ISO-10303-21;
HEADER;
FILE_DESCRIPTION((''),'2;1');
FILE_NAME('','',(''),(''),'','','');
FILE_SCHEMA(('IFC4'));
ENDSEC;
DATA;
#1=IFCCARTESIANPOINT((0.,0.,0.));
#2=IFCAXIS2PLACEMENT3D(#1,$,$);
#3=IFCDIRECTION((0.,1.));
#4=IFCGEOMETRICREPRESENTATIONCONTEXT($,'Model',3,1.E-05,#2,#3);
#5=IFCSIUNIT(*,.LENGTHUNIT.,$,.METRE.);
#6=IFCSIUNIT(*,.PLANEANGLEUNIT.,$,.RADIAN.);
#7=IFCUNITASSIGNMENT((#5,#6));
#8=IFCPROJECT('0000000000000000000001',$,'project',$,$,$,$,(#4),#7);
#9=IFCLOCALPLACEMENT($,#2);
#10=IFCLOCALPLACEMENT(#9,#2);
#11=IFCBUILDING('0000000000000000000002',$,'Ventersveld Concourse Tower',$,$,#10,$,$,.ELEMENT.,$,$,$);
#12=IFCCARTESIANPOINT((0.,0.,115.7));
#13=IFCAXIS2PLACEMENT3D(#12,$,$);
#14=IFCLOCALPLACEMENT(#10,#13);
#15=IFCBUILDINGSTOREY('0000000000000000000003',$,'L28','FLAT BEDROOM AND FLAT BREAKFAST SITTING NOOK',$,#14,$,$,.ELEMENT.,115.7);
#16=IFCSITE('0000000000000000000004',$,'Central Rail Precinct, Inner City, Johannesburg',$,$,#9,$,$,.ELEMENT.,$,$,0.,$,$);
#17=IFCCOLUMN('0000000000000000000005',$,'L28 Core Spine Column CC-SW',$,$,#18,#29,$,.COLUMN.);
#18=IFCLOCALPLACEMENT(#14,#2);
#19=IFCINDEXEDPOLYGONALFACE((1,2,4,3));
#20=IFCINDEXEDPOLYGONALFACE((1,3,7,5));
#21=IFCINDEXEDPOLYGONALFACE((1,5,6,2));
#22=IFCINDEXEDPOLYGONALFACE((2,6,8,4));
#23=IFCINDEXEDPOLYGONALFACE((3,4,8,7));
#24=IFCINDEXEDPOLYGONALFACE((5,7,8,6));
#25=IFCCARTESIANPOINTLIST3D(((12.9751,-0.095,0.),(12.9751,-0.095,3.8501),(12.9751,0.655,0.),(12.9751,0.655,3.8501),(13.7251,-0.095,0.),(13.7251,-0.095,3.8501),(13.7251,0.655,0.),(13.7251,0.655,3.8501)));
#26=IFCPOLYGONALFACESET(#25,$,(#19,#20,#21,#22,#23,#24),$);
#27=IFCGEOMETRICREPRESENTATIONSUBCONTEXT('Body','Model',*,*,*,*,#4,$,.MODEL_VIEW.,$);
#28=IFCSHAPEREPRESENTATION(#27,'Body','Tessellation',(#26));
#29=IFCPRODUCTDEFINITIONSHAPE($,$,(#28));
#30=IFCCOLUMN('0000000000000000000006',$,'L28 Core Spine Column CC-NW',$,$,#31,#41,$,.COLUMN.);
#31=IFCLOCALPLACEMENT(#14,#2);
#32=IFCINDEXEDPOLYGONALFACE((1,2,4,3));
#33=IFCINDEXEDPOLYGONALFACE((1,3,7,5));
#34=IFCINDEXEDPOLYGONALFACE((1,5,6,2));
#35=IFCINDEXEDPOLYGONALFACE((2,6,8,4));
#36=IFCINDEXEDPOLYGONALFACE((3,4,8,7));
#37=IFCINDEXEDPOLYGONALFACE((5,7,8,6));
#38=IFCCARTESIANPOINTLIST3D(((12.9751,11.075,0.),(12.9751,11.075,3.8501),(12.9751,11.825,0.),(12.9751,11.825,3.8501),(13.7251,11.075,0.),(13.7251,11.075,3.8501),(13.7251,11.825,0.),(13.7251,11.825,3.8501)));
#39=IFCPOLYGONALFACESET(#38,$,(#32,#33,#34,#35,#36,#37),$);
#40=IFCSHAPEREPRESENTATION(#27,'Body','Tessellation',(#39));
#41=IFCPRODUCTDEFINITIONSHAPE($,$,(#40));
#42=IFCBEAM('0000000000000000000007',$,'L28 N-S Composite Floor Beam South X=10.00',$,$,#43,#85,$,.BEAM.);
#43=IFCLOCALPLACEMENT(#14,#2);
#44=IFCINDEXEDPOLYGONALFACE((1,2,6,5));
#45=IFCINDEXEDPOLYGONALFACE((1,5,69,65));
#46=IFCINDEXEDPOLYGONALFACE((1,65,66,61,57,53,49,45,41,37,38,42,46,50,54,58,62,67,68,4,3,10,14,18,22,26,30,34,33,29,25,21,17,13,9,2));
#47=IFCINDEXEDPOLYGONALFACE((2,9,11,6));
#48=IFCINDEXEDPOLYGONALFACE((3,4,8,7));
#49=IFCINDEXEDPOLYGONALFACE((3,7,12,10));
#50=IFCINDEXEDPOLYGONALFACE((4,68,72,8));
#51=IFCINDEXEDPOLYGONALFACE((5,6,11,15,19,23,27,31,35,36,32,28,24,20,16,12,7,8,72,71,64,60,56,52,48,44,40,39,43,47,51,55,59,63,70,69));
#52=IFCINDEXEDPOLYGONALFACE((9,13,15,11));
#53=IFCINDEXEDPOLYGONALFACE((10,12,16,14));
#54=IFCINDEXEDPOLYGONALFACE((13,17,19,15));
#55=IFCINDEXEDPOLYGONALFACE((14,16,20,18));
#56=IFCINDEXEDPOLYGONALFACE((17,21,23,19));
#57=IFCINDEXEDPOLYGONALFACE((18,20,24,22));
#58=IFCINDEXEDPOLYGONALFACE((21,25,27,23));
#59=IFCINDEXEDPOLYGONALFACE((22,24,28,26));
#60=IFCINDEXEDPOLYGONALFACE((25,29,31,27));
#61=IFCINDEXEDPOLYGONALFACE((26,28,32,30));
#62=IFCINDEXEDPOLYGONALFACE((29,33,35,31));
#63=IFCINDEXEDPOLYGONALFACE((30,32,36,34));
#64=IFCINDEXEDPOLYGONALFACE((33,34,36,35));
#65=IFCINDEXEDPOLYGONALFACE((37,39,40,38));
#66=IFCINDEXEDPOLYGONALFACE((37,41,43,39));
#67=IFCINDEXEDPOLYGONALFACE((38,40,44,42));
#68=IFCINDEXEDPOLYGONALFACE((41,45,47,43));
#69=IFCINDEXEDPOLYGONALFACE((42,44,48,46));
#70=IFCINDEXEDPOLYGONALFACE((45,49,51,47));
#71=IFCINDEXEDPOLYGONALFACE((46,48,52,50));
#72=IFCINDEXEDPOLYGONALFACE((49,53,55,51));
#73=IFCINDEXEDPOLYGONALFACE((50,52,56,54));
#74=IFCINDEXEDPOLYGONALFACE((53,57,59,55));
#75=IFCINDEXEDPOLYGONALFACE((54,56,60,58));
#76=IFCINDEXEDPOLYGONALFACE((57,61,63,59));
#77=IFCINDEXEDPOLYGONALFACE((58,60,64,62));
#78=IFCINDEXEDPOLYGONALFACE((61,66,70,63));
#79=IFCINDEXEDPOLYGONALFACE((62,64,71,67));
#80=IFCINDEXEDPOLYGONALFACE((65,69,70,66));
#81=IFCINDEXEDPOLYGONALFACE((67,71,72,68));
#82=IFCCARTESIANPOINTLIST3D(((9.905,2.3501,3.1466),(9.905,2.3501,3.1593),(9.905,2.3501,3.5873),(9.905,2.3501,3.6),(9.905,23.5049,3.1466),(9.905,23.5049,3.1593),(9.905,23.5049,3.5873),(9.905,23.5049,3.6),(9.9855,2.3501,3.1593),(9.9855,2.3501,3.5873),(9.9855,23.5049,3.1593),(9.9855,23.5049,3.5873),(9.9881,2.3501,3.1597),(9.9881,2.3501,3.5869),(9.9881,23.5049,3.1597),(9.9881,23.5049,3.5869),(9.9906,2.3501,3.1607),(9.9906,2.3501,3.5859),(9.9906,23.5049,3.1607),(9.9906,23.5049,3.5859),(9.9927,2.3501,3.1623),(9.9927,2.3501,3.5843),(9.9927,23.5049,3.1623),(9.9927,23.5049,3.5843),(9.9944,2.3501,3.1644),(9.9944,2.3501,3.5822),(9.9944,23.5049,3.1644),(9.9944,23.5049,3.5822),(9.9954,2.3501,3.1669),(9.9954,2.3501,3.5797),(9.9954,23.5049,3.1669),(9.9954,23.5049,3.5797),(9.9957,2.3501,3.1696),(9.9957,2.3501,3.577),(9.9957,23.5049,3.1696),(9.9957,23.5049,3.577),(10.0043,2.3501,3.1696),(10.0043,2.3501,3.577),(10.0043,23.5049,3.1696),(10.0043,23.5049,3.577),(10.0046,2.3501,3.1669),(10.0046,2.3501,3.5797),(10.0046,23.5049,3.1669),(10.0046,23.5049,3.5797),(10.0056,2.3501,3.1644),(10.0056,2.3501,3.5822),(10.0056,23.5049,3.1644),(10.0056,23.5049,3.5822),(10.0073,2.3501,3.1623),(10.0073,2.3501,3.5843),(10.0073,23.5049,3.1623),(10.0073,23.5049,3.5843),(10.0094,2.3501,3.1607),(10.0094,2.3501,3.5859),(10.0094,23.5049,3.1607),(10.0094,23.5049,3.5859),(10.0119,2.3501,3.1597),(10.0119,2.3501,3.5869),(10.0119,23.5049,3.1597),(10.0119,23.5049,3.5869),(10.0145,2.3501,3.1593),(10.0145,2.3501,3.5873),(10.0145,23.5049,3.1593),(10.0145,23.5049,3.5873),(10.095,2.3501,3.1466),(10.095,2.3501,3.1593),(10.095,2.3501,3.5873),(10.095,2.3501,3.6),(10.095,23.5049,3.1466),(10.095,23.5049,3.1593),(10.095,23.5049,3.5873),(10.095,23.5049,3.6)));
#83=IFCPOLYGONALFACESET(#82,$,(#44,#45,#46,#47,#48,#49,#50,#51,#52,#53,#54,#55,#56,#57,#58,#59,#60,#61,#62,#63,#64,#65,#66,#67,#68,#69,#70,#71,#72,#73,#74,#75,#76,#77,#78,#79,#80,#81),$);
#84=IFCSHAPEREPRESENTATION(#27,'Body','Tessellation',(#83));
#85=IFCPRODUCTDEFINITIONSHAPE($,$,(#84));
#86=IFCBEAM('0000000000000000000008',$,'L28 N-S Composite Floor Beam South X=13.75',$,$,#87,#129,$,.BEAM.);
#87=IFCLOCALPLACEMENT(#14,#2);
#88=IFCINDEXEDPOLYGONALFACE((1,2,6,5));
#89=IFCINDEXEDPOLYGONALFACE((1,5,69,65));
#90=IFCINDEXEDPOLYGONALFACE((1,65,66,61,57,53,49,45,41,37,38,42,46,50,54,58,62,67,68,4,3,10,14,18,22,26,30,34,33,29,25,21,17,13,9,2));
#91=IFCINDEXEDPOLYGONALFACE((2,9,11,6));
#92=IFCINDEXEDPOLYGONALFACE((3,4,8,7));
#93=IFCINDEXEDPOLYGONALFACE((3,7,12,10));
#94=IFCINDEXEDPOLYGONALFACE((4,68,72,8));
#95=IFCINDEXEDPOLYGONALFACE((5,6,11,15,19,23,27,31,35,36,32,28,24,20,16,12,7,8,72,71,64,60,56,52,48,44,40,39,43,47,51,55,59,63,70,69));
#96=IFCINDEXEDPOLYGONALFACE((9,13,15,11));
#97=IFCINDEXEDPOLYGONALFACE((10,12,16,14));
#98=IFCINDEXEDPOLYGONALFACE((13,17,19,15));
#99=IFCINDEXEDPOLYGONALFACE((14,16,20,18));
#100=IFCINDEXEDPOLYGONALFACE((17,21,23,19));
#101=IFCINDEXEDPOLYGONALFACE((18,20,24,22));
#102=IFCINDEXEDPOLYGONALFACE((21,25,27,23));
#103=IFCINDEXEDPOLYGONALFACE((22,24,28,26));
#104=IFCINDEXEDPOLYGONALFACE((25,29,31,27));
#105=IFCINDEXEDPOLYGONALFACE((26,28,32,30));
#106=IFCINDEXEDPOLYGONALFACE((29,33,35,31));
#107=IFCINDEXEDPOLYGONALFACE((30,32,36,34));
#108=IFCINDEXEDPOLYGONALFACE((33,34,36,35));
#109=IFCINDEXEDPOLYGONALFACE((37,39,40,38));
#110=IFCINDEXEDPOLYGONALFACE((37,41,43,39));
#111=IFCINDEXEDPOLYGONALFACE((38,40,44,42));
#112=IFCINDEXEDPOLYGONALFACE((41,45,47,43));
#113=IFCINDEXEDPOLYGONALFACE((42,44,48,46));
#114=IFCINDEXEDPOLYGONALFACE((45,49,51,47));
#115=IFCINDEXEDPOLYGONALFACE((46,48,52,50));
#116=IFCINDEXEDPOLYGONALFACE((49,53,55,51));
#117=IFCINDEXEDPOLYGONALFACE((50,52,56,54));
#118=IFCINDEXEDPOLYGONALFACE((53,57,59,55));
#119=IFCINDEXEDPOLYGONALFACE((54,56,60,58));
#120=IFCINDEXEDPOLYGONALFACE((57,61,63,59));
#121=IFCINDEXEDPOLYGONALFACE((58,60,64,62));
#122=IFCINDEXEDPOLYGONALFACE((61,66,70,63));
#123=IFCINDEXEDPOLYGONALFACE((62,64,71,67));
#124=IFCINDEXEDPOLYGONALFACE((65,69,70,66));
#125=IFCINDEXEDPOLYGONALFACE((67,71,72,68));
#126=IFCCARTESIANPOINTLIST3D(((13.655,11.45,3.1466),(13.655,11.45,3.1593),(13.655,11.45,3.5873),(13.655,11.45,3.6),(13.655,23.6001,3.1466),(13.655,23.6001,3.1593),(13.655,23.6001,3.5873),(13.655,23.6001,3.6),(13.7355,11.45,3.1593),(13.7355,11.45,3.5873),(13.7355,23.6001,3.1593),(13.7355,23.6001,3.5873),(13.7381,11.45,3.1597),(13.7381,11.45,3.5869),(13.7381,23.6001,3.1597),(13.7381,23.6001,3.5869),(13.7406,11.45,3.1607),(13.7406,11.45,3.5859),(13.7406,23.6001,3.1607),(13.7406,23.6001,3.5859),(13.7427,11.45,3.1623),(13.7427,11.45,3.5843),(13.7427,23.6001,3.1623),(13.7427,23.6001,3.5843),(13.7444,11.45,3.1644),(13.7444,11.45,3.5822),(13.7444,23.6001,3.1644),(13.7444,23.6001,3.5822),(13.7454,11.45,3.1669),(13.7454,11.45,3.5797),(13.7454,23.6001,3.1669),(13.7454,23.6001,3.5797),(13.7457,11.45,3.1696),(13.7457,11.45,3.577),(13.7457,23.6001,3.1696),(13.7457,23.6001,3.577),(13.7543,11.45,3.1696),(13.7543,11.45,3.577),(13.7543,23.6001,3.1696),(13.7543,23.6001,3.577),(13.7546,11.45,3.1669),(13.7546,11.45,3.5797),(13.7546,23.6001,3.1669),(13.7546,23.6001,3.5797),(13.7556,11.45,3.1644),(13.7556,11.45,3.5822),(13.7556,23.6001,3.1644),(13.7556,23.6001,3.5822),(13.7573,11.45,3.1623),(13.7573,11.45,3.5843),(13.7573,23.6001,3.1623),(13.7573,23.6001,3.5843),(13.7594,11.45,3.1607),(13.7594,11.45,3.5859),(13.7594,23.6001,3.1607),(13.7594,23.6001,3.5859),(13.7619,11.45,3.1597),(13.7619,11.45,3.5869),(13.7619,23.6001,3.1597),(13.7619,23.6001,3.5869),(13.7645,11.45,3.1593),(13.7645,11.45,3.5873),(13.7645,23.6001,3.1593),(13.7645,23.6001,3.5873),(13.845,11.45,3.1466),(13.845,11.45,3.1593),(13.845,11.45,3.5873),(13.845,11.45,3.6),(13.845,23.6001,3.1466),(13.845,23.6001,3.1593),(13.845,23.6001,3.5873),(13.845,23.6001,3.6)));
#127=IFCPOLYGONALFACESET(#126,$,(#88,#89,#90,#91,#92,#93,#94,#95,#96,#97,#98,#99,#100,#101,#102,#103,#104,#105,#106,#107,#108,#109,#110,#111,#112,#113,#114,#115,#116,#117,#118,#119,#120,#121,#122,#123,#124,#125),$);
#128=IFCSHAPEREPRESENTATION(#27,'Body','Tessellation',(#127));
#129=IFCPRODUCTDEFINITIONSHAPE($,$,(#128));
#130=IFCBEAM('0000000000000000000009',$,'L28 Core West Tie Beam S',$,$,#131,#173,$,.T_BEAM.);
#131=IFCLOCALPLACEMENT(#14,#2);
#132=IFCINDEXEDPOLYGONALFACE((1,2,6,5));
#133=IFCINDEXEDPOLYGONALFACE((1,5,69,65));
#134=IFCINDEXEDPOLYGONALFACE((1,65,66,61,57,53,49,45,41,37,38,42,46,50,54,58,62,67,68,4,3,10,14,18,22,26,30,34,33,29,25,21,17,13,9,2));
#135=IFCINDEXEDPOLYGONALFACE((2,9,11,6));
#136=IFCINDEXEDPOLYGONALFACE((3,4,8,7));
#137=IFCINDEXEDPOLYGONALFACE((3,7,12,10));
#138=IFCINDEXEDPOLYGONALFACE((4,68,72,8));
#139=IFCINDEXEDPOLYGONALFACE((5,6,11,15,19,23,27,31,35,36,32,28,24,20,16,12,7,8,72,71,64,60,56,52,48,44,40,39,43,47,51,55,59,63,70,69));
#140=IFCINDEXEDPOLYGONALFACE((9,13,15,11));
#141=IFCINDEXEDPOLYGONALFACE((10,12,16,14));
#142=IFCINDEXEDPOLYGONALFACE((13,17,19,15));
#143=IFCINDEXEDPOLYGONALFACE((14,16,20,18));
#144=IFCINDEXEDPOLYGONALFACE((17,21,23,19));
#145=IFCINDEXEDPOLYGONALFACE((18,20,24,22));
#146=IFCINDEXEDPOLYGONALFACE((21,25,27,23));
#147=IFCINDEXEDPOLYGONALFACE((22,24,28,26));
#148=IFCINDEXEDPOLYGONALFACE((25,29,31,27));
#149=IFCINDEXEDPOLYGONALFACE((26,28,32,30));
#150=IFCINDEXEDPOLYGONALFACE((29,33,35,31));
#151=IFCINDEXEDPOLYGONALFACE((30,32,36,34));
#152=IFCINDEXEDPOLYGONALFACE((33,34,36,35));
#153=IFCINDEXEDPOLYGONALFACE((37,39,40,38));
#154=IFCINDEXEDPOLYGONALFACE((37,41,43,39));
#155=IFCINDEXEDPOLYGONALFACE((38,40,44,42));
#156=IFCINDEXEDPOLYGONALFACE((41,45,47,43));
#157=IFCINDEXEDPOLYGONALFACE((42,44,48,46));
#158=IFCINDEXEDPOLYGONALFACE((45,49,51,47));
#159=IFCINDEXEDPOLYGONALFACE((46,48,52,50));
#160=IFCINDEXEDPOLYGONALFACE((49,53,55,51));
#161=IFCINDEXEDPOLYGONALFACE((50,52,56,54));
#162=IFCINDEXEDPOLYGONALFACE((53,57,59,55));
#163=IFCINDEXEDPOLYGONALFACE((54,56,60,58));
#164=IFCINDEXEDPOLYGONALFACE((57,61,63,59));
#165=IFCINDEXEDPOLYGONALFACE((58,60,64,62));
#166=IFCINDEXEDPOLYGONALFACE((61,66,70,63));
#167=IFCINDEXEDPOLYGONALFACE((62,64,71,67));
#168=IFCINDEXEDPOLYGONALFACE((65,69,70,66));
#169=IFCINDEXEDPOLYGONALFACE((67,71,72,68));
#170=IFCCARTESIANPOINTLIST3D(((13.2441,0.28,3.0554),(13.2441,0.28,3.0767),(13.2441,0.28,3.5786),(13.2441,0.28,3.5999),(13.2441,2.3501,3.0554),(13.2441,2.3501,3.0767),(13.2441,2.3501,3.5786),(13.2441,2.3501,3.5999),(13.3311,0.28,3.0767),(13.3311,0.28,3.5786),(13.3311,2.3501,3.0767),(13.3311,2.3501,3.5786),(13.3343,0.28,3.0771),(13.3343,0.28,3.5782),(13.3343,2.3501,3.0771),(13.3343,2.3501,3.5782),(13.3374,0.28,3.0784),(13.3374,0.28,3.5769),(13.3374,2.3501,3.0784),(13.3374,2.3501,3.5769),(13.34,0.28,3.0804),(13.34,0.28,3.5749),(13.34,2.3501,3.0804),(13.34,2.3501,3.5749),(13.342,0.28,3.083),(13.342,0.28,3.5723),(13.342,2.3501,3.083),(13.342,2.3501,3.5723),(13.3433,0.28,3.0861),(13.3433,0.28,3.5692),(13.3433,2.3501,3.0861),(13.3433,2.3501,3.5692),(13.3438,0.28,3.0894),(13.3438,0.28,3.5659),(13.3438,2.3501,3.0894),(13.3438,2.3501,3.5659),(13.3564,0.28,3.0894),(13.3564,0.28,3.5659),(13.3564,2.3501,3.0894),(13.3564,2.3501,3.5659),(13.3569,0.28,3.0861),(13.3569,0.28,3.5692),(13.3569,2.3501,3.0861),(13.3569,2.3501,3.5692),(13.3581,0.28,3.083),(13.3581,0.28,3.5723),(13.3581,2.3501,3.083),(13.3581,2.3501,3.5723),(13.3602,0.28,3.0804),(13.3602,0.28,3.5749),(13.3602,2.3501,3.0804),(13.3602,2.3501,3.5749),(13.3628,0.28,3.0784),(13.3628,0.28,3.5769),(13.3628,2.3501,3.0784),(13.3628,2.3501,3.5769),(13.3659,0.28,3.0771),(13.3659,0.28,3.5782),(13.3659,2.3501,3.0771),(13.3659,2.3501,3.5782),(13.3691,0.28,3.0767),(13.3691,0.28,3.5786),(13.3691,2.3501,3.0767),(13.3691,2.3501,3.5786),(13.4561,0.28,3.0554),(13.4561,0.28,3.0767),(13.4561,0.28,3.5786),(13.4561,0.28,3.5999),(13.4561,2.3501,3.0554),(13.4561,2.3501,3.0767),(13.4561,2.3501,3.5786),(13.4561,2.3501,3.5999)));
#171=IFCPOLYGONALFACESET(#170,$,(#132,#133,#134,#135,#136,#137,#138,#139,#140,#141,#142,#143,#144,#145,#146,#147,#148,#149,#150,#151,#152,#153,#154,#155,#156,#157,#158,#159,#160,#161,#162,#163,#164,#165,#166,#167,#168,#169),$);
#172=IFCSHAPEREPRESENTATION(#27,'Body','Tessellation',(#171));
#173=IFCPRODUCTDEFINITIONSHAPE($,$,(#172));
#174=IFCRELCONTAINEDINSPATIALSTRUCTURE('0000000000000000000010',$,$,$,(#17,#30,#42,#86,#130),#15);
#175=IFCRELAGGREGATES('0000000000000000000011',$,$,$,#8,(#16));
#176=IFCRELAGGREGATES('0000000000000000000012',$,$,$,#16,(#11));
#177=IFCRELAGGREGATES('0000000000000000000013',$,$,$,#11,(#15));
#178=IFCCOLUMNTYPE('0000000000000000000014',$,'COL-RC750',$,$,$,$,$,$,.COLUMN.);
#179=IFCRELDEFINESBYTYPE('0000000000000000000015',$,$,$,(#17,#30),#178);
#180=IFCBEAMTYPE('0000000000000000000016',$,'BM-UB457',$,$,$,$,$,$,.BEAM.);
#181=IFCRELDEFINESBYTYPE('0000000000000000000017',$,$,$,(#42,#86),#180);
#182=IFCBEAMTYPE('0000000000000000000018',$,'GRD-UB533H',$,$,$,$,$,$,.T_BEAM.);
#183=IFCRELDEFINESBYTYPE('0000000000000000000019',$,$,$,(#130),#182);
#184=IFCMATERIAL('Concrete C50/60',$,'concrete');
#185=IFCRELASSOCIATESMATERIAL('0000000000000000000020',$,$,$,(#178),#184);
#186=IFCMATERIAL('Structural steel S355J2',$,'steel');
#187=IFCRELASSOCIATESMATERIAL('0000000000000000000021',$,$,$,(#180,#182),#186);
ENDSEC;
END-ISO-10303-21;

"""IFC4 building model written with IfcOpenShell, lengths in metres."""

from ifc_helpers import new_model, si_unit, direction, frame, origin, origin_2d, place, context, subcontext, project, spatial, rectangle, i_section, extrude, material, material_profile, profile_set, type_object, element, save


model = new_model("IFC4")

# Units and contexts
model_context = context("Model", 3, precision=1e-05, world=origin(), true_north=direction((0.0, 1.0)))
body_context = subcontext(model_context, "Body", "Model", "MODEL_VIEW")
ifc_project = project(units=[si_unit("LENGTHUNIT", "METRE"), si_unit("PLANEANGLEUNIT", "RADIAN")], contexts=[model_context])

# Site, building, storey
site_placement = place(None, origin())
site = spatial("IfcSite", under=ifc_project, at=site_placement, Name="Central Rail Precinct, Inner City, Johannesburg", CompositionType="ELEMENT", RefElevation=0.0)
building_placement = place(site_placement, origin())
building = spatial("IfcBuilding", under=site, at=building_placement, Name="Ventersveld Concourse Tower", CompositionType="ELEMENT")
storey_placement = place(building_placement, frame((0.0, 0.0, 115.7)))
storey = spatial("IfcBuildingStorey", under=building, at=storey_placement, Name="L28", Description="FLAT BEDROOM AND FLAT BREAKFAST SITTING NOOK", CompositionType="ELEMENT", Elevation=115.7)

# Columns
ifc_material_1 = material(Name="Concrete C50/60", Category="concrete")
ifc_material_profile_1 = material_profile(ifc_material_1, rectangle(XDim=0.75, YDim=0.75, at=origin_2d()), Name="RC 750x750")
ifc_profile_set_1 = profile_set([ifc_material_profile_1], Name="Concrete C50/60")
column_type = type_object("IfcColumnType", Name="COL-RC750", PredefinedType="COLUMN", material=ifc_profile_set_1)
for number, where, z_axis, x_axis, name in (
    (1, (13.3501, 0.28, 0.0), (0.0, 0.0, 1.0), (1.0, 0.0, 0.0), "L28 Core Spine Column CC-SW"),
    (2, (13.3501, 11.45, 0.0), (0.0, 0.0, 1.0), (1.0, 0.0, 0.0), "L28 Core Spine Column CC-NW"),
):
    element("IfcColumn", number, at=place(storey_placement, frame(where, z_axis=z_axis, x_axis=x_axis)), inside=storey, type_object=column_type, Name=name, PredefinedType="COLUMN", context=body_context, shape_type="SweptSolid", body=[
        extrude(rectangle(XDim=0.75, YDim=0.75, at=origin_2d()), origin(), (0.0, 0.0, 1.0), 3.8501),
    ])

# Beams
ifc_material_2 = material(Name="Structural steel S355J2", Category="steel")
ifc_material_profile_2 = material_profile(ifc_material_2, i_section(OverallWidth=0.1899, OverallDepth=0.4534, WebThickness=0.0085, FlangeThickness=0.0127, FilletRadius=0.0103, at=origin_2d()), Name="UB 457x191x67")
ifc_profile_set_2 = profile_set([ifc_material_profile_2], Name="Structural steel S355J2")
beam_type_1 = type_object("IfcBeamType", Name="BM-UB457", PredefinedType="BEAM", material=ifc_profile_set_2)
beam_1_placement = place(storey_placement, frame((10.0, 2.3501, 3.3733), z_axis=(0.0, 1.0, 0.0), x_axis=(-1.0, 0.0, 0.0)))
element("IfcBeam", 3, at=beam_1_placement, inside=storey, type_object=beam_type_1, Name="L28 N-S Composite Floor Beam South X=10.00", PredefinedType="BEAM", context=body_context, shape_type="SweptSolid", body=[
    extrude(i_section(OverallWidth=0.1899, OverallDepth=0.4534, WebThickness=0.0085, FlangeThickness=0.0127, FilletRadius=0.0103, at=origin_2d()), origin(), (0.0, 0.0, 1.0), 21.1548),
])
beam_2_placement = place(storey_placement, frame((13.75, 11.45, 3.3733), z_axis=(0.0, 1.0, 0.0), x_axis=(-1.0, 0.0, 0.0)))
element("IfcBeam", 4, at=beam_2_placement, inside=storey, type_object=beam_type_1, Name="L28 N-S Composite Floor Beam South X=13.75", PredefinedType="BEAM", context=body_context, shape_type="SweptSolid", body=[
    extrude(i_section(OverallWidth=0.1899, OverallDepth=0.4534, WebThickness=0.0085, FlangeThickness=0.0127, FilletRadius=0.0103, at=origin_2d()), origin(), (0.0, 0.0, 1.0), 12.1501),
])
ifc_material_profile_3 = material_profile(ifc_material_2, i_section(OverallWidth=0.2119, OverallDepth=0.5444, WebThickness=0.0127, FlangeThickness=0.0212, FilletRadius=0.0127, at=origin_2d()), Name="UB 533x210x122")
ifc_profile_set_3 = profile_set([ifc_material_profile_3], Name="Structural steel S355J2")
beam_type_2 = type_object("IfcBeamType", Name="GRD-UB533H", PredefinedType="T_BEAM", material=ifc_profile_set_3)
beam_3_placement = place(storey_placement, frame((13.3501, 0.28, 3.3276), z_axis=(0.0, 1.0, 0.0), x_axis=(-1.0, 0.0, 0.0)))
element("IfcBeam", 5, at=beam_3_placement, inside=storey, type_object=beam_type_2, Name="L28 Core West Tie Beam S", PredefinedType="T_BEAM", context=body_context, shape_type="SweptSolid", body=[
    extrude(i_section(OverallWidth=0.2119, OverallDepth=0.5444, WebThickness=0.0127, FlangeThickness=0.0212, FilletRadius=0.0127, at=origin_2d()), origin(), (0.0, 0.0, 1.0), 2.0701),
])

save(model, "model.ifc")
